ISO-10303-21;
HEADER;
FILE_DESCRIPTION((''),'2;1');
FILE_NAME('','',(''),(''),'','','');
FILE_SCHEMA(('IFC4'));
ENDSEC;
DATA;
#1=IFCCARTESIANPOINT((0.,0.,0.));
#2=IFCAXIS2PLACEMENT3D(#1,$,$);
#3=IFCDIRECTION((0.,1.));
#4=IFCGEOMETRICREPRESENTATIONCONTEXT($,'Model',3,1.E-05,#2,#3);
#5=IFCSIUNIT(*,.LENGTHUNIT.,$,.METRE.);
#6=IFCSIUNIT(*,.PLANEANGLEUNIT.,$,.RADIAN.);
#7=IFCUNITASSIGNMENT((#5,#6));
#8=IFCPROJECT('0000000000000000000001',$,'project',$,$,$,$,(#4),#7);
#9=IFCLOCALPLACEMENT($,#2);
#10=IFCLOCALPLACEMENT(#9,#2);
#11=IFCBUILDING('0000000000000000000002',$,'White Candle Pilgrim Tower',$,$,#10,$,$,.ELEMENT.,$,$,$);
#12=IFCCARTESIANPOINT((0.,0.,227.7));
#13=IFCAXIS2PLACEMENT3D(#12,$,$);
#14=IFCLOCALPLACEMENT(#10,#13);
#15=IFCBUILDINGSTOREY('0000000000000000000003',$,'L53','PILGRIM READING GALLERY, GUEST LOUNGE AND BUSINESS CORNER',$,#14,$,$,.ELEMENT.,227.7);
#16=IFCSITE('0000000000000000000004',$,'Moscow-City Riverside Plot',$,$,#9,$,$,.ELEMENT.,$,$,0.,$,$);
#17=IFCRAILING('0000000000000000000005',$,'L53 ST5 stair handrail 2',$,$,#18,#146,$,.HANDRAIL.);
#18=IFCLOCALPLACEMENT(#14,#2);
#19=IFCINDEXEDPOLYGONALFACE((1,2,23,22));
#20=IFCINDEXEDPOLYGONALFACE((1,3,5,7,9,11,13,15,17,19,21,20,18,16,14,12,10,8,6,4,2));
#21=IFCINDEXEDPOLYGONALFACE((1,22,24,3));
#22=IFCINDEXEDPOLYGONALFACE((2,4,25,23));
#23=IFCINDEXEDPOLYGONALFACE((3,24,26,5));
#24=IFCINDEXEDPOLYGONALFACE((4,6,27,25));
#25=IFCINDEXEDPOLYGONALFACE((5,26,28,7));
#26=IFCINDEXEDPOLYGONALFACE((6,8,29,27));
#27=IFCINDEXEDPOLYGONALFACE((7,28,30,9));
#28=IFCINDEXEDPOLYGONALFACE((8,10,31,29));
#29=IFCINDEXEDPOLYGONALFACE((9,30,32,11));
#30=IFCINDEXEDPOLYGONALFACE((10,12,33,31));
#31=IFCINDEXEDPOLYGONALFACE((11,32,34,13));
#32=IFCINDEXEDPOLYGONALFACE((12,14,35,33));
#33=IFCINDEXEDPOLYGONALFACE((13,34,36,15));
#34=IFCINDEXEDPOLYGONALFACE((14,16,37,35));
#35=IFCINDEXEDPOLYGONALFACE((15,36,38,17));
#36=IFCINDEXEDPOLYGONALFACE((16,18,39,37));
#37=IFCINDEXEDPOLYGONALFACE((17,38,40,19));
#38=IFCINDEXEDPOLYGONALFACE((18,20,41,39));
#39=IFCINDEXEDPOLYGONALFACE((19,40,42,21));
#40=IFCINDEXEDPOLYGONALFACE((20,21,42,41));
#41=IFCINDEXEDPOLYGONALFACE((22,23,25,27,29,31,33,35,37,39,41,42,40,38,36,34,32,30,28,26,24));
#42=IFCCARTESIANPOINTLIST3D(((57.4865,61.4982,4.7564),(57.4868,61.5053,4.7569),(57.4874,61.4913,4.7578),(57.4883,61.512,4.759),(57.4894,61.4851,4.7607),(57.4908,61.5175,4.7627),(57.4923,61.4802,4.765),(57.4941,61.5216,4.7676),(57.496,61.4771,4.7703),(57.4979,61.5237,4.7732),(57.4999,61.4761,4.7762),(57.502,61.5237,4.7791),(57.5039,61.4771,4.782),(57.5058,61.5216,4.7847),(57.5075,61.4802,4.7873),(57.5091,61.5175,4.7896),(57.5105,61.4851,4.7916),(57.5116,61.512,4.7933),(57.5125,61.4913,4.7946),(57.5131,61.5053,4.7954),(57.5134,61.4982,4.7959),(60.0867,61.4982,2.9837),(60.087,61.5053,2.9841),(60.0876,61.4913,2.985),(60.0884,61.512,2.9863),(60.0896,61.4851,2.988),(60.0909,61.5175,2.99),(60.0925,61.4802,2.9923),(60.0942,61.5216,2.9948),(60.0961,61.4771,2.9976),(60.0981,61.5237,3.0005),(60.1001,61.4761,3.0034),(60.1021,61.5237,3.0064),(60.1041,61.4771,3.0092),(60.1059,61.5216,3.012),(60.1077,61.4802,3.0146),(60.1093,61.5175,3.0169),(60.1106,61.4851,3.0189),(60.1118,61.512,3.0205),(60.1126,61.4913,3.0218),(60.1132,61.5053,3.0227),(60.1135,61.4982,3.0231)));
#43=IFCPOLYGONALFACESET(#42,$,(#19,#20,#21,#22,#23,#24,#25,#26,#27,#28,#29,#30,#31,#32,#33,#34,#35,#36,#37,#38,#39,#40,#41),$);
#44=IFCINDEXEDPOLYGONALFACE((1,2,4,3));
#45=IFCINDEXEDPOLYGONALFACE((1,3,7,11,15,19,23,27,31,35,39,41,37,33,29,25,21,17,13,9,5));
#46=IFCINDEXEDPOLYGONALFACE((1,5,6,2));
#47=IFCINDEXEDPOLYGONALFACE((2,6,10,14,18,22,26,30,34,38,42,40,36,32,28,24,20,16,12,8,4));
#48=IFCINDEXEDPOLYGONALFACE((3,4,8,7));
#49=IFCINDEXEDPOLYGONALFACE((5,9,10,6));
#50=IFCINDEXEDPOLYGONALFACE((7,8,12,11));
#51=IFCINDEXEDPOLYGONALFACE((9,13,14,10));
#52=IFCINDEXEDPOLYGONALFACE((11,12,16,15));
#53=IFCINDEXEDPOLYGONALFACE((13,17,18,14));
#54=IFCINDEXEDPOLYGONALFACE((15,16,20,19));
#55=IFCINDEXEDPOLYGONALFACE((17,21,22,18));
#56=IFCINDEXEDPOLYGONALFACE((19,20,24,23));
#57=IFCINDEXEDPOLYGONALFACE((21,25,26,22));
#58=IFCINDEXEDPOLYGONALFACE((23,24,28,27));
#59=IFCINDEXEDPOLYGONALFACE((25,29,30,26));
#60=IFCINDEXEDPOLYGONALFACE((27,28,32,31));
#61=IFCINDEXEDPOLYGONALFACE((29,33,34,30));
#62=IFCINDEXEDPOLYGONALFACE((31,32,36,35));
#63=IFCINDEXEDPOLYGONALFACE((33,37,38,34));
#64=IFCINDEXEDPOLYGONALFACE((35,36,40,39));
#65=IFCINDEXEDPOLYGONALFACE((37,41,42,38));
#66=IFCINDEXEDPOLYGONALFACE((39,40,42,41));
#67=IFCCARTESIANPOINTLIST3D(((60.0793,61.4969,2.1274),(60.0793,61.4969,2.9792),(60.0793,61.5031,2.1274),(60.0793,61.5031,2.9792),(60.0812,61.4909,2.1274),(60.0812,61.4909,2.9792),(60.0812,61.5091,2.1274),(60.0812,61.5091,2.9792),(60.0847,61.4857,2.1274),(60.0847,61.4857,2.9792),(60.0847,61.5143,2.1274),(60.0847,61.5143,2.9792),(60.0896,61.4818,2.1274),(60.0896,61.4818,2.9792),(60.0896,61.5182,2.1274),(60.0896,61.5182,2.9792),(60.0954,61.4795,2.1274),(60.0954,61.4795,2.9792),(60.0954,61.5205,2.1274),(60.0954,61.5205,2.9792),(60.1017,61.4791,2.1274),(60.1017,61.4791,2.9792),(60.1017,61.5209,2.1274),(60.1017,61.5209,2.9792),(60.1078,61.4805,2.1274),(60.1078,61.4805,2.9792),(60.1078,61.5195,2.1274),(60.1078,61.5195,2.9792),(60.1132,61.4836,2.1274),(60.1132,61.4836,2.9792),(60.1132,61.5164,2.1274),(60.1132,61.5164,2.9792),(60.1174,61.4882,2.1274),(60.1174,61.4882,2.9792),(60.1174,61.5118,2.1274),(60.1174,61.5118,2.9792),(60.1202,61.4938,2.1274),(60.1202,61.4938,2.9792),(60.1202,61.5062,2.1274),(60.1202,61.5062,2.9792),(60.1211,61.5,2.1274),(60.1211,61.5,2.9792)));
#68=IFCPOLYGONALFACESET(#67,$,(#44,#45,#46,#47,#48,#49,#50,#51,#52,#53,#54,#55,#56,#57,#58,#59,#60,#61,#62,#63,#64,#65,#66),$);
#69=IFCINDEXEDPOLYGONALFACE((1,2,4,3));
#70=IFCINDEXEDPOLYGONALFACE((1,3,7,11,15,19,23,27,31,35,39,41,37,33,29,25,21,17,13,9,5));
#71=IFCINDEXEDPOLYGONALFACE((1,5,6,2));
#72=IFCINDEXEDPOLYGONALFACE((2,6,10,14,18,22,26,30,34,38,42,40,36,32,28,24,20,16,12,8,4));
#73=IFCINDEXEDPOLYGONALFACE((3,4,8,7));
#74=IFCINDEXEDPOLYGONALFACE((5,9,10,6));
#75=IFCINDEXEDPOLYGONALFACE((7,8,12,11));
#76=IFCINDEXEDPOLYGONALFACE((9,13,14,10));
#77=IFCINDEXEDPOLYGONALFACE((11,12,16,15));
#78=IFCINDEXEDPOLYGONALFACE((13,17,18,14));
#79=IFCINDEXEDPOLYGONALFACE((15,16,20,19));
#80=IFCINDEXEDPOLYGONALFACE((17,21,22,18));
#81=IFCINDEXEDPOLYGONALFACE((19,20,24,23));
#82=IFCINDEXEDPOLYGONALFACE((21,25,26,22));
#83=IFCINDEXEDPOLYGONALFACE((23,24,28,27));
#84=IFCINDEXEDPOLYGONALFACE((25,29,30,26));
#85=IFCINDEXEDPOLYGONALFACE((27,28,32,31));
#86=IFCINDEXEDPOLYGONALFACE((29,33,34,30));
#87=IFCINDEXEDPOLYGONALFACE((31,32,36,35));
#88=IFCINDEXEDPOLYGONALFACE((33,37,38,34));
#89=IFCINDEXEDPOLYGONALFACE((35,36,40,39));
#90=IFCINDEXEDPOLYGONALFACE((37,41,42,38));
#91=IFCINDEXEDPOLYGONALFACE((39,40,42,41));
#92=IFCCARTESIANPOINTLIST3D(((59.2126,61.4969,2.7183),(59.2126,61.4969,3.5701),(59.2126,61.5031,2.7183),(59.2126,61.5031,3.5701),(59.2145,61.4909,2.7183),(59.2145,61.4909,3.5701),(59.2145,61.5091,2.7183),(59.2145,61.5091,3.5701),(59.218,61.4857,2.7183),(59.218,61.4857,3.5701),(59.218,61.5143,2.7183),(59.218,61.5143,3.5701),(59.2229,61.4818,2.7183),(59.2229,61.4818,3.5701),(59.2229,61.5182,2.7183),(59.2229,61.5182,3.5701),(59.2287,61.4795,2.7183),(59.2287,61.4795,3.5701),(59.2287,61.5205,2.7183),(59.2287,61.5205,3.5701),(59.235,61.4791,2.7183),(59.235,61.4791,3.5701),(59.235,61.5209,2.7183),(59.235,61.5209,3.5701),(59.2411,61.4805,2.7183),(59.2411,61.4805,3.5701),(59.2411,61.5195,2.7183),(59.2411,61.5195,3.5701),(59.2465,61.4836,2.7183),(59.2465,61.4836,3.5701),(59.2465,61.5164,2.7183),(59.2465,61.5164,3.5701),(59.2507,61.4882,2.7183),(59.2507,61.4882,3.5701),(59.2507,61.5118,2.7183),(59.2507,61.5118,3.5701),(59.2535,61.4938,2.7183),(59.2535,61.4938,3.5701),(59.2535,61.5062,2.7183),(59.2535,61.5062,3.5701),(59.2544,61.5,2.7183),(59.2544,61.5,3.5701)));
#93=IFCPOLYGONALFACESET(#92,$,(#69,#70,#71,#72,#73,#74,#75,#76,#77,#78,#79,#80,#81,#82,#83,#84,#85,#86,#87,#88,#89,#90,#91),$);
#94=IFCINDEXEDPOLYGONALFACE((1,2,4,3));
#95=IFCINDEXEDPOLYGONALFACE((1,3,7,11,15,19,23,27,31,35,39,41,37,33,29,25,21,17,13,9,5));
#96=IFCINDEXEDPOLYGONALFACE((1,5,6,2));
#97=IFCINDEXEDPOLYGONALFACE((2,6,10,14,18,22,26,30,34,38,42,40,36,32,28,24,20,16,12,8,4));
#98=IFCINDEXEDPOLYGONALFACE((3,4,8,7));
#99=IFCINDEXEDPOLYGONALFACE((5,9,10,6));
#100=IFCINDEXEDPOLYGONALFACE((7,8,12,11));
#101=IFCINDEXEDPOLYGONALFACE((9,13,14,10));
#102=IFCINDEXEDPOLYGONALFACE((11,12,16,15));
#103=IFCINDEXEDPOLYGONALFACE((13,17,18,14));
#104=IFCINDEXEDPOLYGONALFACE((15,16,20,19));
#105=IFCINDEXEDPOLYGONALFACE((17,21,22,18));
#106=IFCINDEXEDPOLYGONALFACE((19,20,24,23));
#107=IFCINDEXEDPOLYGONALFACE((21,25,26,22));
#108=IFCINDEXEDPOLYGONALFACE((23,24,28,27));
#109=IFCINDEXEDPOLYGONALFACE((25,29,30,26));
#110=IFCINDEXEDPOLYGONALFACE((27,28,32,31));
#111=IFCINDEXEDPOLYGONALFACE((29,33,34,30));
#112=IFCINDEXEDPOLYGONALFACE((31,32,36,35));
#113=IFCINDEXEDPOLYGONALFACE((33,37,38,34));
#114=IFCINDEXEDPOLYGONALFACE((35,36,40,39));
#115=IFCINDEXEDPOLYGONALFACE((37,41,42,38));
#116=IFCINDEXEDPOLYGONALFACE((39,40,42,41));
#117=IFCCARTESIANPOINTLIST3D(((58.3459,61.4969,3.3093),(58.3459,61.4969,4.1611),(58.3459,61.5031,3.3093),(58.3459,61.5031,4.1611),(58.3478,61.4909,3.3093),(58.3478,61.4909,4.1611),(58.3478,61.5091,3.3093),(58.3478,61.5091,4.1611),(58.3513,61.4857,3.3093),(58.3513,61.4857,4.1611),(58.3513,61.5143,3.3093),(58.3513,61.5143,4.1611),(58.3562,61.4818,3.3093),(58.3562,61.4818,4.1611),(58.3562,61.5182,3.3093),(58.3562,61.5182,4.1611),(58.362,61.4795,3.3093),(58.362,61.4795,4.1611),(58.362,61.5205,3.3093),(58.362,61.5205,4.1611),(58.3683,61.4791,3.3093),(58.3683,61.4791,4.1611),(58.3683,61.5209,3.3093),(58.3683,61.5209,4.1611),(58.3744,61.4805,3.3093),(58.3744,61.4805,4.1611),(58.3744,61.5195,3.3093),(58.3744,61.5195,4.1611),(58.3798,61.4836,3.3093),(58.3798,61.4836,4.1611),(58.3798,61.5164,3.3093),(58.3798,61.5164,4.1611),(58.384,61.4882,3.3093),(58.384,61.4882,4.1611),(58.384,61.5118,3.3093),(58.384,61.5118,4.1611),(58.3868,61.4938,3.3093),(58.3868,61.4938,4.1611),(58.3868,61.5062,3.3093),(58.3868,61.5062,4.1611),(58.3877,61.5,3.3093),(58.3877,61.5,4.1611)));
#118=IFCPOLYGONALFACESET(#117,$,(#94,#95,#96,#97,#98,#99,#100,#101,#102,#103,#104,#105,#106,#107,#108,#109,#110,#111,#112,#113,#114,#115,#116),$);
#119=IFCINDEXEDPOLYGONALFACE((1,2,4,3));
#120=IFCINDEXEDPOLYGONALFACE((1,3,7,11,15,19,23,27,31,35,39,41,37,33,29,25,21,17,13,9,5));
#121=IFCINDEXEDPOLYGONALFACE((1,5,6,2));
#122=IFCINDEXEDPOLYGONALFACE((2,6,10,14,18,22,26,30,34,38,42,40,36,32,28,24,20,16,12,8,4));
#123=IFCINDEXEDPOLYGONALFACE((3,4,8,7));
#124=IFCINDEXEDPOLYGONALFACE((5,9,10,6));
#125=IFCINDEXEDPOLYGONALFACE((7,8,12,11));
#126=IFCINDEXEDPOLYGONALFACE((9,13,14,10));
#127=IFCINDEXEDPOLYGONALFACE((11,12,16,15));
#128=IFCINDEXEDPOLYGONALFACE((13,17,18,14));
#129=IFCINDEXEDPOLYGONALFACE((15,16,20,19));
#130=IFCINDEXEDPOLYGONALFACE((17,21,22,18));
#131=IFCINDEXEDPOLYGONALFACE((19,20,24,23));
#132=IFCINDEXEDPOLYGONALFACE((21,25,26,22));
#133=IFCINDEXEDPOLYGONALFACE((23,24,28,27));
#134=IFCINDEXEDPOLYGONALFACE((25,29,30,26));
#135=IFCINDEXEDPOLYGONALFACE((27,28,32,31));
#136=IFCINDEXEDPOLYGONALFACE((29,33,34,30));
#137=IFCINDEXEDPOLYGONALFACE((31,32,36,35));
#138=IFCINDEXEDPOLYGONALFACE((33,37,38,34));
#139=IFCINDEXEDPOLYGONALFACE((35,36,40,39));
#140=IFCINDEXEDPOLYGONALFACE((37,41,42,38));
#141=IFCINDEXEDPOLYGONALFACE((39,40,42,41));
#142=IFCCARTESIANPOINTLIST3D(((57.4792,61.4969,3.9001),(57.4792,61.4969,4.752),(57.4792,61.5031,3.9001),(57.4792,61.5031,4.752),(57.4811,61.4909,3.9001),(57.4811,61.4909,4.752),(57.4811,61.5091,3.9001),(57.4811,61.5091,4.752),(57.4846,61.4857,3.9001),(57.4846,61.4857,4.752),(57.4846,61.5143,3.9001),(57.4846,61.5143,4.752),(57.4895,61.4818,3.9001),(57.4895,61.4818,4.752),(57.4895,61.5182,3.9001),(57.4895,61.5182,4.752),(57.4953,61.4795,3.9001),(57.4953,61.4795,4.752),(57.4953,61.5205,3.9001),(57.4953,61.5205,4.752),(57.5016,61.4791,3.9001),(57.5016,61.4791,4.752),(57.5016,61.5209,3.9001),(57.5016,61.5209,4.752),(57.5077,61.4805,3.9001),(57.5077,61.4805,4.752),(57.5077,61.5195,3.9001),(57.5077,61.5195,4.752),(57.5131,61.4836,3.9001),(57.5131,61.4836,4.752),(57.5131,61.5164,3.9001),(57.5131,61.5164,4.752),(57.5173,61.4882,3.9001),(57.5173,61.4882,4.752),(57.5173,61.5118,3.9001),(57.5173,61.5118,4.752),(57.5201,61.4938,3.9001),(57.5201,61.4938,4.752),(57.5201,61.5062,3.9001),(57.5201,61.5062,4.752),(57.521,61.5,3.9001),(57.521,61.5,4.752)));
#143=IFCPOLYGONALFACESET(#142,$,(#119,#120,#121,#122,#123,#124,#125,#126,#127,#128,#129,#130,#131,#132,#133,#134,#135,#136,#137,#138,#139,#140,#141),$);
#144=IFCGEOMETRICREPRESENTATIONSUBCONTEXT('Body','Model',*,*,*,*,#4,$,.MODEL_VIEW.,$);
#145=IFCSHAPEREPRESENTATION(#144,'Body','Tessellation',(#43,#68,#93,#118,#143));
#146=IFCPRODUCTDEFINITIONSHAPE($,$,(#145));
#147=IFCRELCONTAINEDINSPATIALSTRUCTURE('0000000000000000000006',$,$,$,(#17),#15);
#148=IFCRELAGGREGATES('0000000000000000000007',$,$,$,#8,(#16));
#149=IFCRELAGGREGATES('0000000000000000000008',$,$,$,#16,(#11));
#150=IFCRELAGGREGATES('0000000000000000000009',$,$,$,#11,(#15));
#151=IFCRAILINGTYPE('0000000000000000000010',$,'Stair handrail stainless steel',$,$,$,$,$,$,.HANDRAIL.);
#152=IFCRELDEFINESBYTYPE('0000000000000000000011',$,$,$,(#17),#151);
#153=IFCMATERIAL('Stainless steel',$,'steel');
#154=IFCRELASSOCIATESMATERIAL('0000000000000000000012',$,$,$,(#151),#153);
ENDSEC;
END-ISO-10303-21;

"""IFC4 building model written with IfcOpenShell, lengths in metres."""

from ifc_helpers import new_model, si_unit, direction, frame, origin, origin_2d, place, context, subcontext, project, spatial, circle, extrude, material, type_object, element, save


model = new_model("IFC4")

# Units and contexts
model_context = context("Model", 3, precision=1e-05, world=origin(), true_north=direction((0.0, 1.0)))
body_context = subcontext(model_context, "Body", "Model", "MODEL_VIEW")
ifc_project = project(units=[si_unit("LENGTHUNIT", "METRE"), si_unit("PLANEANGLEUNIT", "RADIAN")], contexts=[model_context])

# Site, building, storey
site_placement = place(None, origin())
site = spatial("IfcSite", under=ifc_project, at=site_placement, Name="Moscow-City Riverside Plot", CompositionType="ELEMENT", RefElevation=0.0)
building_placement = place(site_placement, origin())
building = spatial("IfcBuilding", under=site, at=building_placement, Name="White Candle Pilgrim Tower", CompositionType="ELEMENT")
storey_placement = place(building_placement, frame((0.0, 0.0, 227.7)))
storey = spatial("IfcBuildingStorey", under=building, at=storey_placement, Name="L53", Description="PILGRIM READING GALLERY, GUEST LOUNGE AND BUSINESS CORNER", CompositionType="ELEMENT", Elevation=227.7)

# Railing
ifc_material_1 = material(Name="Stainless steel", Category="steel")
railing_type_1 = type_object("IfcRailingType", Name="Stair handrail stainless steel", PredefinedType="HANDRAIL", material=ifc_material_1)
railing_1_placement = place(storey_placement, frame((60.1001, 61.5, 2.1274)))
element("IfcRailing", 1, at=railing_1_placement, inside=storey, type_object=railing_type_1, Name="L53 ST5 stair handrail 2", PredefinedType="HANDRAIL", context=body_context, shape_type="SweptSolid", body=[
    extrude(circle(Radius=0.0239, at=origin_2d()), frame((0.0, 0.0, 0.876), z_axis=(-0.82624, 0.0, 0.563318), x_axis=(0.0, -1.0, 0.0)), (0.0, 0.0, 1.0), 3.147),
    extrude(circle(Radius=0.021, at=origin_2d()), origin(), (0.0, 0.0, 1.0), 0.8518),
    extrude(circle(Radius=0.021, at=origin_2d()), frame((-0.8667, 0.0, 0.5908)), (0.0, 0.0, 1.0), 0.8518),
    extrude(circle(Radius=0.021, at=origin_2d()), frame((-1.7334, 0.0, 1.1819)), (0.0, 0.0, 1.0), 0.8518),
    extrude(circle(Radius=0.021, at=origin_2d()), frame((-2.6001, 0.0, 1.7727)), (0.0, 0.0, 1.0), 0.8518),
])

save(model, "model.ifc")
